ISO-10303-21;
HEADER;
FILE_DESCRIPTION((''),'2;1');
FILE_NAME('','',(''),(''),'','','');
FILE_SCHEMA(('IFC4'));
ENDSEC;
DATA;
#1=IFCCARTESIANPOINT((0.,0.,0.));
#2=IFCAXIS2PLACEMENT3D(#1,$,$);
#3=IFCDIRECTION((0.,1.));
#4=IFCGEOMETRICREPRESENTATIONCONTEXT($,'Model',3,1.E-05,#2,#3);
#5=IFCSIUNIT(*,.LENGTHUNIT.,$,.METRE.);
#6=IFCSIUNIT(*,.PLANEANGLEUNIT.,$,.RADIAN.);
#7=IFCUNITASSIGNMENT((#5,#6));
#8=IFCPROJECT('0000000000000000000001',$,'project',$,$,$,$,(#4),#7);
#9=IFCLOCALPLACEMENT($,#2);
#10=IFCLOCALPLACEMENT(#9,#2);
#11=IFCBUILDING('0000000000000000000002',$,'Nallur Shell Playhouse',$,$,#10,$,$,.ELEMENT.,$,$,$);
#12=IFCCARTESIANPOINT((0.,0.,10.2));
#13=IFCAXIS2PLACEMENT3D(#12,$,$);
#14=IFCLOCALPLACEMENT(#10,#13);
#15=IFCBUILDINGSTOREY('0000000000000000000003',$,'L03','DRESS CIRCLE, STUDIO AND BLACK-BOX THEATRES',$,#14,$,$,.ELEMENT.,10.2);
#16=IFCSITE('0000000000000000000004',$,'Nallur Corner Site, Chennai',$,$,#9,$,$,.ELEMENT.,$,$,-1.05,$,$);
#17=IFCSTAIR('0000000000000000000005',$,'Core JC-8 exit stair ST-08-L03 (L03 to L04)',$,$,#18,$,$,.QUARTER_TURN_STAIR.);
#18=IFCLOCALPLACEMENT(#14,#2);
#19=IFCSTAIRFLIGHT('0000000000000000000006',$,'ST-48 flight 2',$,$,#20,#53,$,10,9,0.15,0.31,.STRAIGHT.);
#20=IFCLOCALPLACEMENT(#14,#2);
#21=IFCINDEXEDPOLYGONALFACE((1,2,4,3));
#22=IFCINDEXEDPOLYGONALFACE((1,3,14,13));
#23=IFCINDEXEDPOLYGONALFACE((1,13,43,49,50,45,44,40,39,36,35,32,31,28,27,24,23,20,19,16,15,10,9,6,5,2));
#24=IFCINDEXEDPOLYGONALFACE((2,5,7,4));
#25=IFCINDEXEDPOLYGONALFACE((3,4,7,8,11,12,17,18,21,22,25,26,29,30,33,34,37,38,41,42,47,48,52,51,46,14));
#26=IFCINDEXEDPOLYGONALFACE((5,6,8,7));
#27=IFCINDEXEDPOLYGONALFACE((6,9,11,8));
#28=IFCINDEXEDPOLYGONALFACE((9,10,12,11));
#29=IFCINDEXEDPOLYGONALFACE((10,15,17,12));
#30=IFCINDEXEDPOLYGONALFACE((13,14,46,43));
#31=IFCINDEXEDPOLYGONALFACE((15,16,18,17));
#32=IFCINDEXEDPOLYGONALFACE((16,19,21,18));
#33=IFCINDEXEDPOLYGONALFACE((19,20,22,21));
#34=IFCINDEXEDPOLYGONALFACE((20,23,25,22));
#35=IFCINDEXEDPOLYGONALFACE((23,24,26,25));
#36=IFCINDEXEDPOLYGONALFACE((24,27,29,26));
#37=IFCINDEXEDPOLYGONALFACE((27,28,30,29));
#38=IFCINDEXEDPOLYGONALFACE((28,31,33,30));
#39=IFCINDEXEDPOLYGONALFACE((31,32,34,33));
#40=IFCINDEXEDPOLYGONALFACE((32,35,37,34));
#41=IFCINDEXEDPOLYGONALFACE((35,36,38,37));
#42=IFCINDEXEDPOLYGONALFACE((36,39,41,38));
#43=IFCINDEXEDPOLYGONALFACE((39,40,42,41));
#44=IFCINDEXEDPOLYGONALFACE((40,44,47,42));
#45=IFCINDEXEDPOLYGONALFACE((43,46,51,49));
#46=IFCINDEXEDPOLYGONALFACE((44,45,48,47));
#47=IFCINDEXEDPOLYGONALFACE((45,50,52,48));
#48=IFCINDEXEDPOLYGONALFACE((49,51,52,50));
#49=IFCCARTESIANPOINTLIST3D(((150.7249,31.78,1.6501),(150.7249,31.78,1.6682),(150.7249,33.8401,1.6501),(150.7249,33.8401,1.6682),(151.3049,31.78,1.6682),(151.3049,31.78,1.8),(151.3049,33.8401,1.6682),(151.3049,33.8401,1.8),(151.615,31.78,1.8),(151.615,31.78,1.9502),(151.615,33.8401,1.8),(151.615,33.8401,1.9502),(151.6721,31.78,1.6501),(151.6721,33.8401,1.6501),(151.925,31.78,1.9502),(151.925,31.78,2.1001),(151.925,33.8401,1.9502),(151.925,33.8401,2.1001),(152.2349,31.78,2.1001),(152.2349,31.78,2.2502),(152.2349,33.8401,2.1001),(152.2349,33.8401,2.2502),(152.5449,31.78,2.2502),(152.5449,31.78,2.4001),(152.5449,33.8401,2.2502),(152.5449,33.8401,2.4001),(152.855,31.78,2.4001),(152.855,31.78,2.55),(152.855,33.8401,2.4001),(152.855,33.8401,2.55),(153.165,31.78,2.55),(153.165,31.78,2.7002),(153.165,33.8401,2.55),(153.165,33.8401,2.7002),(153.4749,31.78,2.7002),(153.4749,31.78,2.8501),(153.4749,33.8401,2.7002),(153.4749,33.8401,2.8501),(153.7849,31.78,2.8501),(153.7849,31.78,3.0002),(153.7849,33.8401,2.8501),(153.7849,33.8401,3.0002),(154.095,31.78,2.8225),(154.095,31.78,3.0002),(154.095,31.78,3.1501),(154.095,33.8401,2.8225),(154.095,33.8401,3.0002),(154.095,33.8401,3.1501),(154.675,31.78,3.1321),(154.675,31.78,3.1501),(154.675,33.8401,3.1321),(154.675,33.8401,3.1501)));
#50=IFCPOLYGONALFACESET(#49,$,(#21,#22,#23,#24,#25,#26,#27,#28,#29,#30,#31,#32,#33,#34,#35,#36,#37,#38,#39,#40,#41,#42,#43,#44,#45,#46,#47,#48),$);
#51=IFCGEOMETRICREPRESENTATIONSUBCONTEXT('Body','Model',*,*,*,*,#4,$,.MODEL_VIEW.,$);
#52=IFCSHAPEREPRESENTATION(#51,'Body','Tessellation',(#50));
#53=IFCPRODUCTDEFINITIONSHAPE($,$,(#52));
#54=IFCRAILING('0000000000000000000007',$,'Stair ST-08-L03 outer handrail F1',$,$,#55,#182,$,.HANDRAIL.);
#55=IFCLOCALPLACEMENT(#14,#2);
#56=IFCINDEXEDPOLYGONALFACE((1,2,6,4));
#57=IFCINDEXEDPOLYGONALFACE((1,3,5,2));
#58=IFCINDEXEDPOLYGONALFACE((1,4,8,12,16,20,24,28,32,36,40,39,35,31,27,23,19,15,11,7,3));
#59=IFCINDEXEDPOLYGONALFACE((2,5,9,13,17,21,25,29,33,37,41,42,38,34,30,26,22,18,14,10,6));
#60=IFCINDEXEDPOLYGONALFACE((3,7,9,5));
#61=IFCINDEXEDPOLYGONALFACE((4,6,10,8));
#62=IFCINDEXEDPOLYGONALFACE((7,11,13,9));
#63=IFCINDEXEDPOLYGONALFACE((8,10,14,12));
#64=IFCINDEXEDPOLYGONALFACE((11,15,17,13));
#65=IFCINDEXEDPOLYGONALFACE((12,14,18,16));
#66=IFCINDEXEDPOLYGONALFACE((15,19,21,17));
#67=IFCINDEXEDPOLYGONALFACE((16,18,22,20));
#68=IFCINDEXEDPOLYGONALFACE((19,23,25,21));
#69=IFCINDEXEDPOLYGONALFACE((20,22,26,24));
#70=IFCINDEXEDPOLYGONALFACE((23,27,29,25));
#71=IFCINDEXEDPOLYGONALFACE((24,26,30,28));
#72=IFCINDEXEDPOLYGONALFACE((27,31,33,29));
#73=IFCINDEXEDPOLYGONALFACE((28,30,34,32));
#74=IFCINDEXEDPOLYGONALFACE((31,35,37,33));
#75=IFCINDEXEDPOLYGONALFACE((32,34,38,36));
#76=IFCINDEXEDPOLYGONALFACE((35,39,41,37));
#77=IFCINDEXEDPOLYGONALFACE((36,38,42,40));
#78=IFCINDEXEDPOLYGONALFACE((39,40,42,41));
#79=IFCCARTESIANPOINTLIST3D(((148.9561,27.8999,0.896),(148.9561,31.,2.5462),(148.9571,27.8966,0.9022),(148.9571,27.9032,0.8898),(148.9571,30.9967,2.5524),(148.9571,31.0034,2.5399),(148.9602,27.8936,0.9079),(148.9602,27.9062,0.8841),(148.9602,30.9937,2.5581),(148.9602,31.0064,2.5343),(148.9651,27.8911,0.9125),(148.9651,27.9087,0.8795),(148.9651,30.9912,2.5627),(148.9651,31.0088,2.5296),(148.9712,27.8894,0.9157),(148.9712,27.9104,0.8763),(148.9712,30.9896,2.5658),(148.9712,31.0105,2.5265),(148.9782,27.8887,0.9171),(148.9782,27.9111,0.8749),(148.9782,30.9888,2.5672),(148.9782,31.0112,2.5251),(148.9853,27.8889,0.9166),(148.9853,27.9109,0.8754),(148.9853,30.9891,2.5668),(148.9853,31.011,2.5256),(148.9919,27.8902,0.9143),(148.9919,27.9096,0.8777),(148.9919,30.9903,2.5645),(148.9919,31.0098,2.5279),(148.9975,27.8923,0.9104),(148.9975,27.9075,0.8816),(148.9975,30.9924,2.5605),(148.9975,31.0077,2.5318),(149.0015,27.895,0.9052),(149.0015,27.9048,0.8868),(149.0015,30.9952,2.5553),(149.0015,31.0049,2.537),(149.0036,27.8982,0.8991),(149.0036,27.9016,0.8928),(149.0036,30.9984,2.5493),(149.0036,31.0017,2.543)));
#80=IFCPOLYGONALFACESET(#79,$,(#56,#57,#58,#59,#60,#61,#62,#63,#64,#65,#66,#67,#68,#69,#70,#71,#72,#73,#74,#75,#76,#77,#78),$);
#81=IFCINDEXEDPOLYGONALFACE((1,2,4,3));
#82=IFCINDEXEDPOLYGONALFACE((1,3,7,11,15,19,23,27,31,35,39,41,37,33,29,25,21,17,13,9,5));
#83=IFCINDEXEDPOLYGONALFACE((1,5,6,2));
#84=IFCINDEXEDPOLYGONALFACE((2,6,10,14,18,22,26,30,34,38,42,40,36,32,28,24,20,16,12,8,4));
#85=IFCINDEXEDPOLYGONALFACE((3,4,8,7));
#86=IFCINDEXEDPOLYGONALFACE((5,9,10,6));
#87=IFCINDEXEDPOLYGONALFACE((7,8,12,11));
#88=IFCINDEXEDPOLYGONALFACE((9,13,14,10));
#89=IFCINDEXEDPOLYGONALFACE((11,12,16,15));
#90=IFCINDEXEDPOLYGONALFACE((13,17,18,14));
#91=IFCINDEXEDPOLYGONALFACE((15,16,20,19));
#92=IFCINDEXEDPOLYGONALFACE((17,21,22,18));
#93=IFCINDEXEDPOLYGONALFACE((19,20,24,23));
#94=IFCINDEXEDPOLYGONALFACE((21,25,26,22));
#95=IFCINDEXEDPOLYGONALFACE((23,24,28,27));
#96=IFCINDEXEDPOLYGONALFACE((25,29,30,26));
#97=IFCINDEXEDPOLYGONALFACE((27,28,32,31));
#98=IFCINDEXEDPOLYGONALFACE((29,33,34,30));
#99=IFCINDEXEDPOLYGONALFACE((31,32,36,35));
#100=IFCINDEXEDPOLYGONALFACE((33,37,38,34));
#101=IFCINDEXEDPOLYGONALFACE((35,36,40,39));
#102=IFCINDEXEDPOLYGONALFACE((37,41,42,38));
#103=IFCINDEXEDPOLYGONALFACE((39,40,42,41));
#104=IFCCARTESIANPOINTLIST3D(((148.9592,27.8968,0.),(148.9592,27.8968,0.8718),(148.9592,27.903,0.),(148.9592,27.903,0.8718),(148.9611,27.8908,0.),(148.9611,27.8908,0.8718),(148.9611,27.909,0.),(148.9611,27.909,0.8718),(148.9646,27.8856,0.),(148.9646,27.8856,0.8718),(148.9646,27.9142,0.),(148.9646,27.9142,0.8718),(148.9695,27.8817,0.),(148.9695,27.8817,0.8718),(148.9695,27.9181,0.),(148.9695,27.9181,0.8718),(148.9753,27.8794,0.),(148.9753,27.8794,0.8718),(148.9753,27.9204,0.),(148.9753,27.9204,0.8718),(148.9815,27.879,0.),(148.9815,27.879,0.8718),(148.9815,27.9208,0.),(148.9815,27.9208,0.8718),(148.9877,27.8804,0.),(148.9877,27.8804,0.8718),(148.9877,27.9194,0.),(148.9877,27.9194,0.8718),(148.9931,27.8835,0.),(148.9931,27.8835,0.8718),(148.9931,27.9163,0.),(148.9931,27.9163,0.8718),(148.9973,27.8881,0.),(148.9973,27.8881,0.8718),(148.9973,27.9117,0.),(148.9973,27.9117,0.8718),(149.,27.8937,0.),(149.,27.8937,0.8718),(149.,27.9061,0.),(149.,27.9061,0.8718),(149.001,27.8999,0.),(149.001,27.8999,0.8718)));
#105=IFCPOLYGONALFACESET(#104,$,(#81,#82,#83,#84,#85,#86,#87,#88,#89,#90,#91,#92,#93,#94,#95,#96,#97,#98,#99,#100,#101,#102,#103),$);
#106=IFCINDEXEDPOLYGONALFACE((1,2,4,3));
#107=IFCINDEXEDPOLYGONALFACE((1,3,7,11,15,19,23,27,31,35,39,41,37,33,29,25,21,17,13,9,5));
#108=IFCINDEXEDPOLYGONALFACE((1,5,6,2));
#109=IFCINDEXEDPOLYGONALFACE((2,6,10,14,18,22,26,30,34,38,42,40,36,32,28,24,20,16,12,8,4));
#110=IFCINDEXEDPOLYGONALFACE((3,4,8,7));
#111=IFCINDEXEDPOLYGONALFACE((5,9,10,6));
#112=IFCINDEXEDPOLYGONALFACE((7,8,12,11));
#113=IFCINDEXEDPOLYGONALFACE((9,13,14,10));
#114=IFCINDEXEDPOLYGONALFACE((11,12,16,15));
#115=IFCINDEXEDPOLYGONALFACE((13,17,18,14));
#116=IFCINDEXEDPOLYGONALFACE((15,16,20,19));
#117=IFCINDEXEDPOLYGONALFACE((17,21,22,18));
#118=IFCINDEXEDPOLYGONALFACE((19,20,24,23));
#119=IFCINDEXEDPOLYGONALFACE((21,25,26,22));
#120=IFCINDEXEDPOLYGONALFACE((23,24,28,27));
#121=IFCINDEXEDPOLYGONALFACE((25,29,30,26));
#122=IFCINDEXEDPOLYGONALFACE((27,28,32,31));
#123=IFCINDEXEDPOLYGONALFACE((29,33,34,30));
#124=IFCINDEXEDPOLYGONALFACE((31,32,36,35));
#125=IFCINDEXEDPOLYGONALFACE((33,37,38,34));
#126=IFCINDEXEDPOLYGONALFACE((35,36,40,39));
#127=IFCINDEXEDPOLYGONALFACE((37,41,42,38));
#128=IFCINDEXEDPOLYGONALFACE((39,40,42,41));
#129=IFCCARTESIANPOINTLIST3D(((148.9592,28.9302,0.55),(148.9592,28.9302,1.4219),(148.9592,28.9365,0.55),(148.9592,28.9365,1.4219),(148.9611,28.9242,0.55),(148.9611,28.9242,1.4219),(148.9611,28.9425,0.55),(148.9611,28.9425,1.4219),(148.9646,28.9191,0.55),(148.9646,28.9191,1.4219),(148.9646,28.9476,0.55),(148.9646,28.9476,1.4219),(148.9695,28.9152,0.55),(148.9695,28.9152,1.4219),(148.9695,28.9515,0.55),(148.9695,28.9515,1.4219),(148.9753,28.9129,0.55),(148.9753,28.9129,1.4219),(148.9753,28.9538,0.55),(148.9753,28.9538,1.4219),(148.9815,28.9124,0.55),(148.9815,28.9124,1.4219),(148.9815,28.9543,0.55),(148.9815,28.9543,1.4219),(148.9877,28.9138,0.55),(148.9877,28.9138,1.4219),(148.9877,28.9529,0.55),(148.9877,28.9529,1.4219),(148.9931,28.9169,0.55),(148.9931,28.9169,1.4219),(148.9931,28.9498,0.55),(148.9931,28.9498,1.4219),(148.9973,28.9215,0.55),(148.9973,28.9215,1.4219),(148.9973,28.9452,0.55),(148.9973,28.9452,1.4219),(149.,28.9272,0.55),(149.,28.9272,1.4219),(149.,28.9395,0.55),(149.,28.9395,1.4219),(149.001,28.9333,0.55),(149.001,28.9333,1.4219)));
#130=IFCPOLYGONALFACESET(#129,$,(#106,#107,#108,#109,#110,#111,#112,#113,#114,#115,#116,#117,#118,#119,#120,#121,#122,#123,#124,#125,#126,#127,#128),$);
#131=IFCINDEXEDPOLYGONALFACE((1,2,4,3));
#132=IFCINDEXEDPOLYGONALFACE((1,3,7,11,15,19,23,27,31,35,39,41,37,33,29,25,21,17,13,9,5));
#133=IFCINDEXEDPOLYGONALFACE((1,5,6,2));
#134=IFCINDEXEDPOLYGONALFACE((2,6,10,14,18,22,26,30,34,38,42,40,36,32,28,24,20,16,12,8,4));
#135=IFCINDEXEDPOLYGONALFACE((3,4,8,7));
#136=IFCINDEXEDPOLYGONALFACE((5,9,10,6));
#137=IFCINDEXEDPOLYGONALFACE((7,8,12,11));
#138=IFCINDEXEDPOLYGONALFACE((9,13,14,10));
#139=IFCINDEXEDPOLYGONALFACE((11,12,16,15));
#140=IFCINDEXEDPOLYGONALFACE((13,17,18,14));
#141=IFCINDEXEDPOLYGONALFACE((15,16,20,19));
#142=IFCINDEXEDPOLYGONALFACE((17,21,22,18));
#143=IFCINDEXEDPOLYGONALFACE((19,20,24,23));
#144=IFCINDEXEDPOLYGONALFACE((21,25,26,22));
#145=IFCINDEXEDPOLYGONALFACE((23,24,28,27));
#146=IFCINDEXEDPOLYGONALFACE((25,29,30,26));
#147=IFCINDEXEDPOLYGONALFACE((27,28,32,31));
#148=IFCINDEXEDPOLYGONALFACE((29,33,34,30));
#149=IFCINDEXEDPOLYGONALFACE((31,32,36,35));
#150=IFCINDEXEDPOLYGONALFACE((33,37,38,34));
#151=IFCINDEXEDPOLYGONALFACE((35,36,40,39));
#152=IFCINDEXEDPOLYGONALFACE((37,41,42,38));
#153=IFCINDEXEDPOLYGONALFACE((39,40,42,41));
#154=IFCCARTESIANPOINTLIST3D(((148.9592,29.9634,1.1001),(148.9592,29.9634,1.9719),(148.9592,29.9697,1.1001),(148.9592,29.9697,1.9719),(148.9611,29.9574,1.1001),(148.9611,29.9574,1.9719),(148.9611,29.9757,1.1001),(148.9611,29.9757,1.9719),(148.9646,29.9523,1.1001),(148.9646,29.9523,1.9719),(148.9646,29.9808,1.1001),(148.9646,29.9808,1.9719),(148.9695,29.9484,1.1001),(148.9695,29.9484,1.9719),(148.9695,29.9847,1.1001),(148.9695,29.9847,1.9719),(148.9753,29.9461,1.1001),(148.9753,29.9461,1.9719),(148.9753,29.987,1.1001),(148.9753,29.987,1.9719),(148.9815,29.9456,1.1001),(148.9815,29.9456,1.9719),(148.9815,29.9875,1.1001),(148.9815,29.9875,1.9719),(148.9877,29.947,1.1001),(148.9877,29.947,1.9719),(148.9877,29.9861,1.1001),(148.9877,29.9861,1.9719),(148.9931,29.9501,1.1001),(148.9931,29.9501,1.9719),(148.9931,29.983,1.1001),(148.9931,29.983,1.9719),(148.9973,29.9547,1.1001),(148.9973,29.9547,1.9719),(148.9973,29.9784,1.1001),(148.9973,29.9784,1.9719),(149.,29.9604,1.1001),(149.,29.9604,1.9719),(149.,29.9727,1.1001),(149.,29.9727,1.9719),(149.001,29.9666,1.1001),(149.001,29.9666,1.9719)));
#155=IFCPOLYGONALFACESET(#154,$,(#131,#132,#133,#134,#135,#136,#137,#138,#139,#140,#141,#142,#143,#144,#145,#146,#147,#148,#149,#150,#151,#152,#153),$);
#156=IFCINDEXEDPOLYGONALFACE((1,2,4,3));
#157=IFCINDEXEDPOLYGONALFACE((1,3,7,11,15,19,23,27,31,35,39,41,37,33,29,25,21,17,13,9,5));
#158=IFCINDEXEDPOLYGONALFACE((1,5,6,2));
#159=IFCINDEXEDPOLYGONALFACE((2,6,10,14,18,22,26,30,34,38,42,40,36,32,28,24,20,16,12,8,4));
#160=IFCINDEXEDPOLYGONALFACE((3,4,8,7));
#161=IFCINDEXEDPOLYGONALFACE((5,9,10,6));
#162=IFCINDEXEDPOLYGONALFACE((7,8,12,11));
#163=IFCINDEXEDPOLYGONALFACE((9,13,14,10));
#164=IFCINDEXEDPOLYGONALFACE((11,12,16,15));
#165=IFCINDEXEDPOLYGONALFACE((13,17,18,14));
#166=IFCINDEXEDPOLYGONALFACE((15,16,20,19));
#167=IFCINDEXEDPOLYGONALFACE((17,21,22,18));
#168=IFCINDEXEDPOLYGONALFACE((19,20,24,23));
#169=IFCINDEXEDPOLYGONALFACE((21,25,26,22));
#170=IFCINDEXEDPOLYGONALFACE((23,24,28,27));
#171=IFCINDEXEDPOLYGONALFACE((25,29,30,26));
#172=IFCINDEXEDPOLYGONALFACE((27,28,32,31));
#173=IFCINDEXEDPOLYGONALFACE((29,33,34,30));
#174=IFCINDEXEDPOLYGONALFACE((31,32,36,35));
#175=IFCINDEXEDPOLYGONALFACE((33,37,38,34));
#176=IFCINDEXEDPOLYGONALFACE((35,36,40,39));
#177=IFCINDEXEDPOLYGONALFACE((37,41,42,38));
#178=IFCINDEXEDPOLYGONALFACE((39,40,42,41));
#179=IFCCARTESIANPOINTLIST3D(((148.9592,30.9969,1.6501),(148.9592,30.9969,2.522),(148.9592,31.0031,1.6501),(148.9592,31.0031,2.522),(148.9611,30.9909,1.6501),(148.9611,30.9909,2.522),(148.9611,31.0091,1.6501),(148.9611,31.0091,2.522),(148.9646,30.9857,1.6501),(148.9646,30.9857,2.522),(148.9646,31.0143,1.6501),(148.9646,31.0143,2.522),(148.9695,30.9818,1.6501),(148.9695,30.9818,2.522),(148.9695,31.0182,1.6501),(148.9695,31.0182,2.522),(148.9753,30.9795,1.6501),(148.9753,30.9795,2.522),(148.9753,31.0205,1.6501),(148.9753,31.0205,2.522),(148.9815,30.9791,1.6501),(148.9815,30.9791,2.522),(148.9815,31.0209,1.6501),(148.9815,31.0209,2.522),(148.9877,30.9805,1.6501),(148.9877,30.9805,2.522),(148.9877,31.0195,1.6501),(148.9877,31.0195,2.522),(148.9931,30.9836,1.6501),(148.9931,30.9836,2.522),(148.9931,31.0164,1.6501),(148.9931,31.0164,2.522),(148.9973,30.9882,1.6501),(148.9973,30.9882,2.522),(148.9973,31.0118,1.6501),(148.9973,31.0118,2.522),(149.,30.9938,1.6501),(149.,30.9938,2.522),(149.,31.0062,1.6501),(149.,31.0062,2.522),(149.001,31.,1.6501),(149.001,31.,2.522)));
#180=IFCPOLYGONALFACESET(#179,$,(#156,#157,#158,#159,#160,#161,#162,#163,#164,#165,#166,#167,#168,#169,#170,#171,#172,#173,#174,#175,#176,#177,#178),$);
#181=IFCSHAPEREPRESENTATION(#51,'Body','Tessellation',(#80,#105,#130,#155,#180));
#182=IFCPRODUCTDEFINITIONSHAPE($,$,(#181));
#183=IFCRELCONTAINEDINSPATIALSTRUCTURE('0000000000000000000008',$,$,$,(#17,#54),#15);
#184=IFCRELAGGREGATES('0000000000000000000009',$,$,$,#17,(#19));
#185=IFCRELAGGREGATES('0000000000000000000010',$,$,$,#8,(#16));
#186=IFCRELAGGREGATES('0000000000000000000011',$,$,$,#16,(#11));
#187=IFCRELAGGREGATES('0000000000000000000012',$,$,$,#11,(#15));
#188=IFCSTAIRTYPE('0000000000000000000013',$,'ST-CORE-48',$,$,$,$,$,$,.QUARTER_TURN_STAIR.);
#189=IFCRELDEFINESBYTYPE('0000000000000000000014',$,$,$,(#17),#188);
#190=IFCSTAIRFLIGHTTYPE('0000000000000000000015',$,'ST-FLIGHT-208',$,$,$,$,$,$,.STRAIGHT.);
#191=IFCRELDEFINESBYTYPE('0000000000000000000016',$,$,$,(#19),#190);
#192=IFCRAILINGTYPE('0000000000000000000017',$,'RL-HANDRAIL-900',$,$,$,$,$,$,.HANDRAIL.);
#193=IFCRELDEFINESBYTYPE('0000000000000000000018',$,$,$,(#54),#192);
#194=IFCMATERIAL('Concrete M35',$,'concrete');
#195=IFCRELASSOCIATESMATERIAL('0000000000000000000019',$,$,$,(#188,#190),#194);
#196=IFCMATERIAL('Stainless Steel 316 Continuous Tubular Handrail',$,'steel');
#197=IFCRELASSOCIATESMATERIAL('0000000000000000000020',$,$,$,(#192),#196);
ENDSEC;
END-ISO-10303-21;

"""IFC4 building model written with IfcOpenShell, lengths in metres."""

from ifc_helpers import new_model, si_unit, direction, frame, origin, origin_2d, place, context, subcontext, project, spatial, polyline, circle, outline, extrude, material, type_object, element, aggregate, save


model = new_model("IFC4")

# Units and contexts
model_context = context("Model", 3, precision=1e-05, world=origin(), true_north=direction((0.0, 1.0)))
body_context = subcontext(model_context, "Body", "Model", "MODEL_VIEW")
ifc_project = project(units=[si_unit("LENGTHUNIT", "METRE"), si_unit("PLANEANGLEUNIT", "RADIAN")], contexts=[model_context])

# Site, building, storey
site_placement = place(None, origin())
site = spatial("IfcSite", under=ifc_project, at=site_placement, Name="Nallur Corner Site, Chennai", CompositionType="ELEMENT", RefElevation=-1.05)
building_placement = place(site_placement, origin())
building = spatial("IfcBuilding", under=site, at=building_placement, Name="Nallur Shell Playhouse", CompositionType="ELEMENT")
storey_placement = place(building_placement, frame((0.0, 0.0, 10.2)))
storey = spatial("IfcBuildingStorey", under=building, at=storey_placement, Name="L03", Description="DRESS CIRCLE, STUDIO AND BLACK-BOX THEATRES", CompositionType="ELEMENT", Elevation=10.2)

# Shared definitions
ifc_material_1 = material(Name="Concrete M35", Category="concrete")

# Stair, stair flight
stair_type = type_object("IfcStairType", Name="ST-CORE-48", PredefinedType="QUARTER_TURN_STAIR", material=ifc_material_1)
stair_placement = place(storey_placement, origin())
stair = element("IfcStair", 1, at=stair_placement, inside=storey, type_object=stair_type, Name="Core JC-8 exit stair ST-08-L03 (L03 to L04)", PredefinedType="QUARTER_TURN_STAIR")
stair_flight_type = type_object("IfcStairFlightType", Name="ST-FLIGHT-208", PredefinedType="STRAIGHT", material=ifc_material_1)
stair_flight_1_placement = place(storey_placement, frame((151.3049, 32.8101, 1.6501), z_axis=(0.0, 0.0, 1.0), x_axis=(1.0, 0.0, 0.0)))
stair_flight_1 = element("IfcStairFlight", 2, at=stair_flight_1_placement, type_object=stair_flight_type, Name="ST-48 flight 2", NumberOfRisers=10, NumberOfTreads=9, PredefinedType="STRAIGHT", RiserHeight=0.15, TreadLength=0.31, context=body_context, shape_type="SweptSolid", body=[
    extrude(outline(polyline([(-0.5801, 0.0), (-0.5801, 0.0181), (0.0, 0.0181), (0.0, 0.1499), (0.3101, 0.1499), (0.3101, 0.3), (0.6201, 0.3), (0.6201, 0.45), (0.9299, 0.45), (0.9299, 0.6001), (1.24, 0.6001), (1.24, 0.75), (1.55, 0.75), (1.55, 0.8999), (1.8601, 0.8999), (1.8601, 1.05), (2.1699, 1.05), (2.1699, 1.2), (2.48, 1.2), (2.48, 1.3501), (2.79, 1.3501), (2.79, 1.5), (3.3701, 1.5), (3.3701, 1.4819), (2.79, 1.1724), (0.3672, 0.0), (-0.5801, 0.0)])), frame((0.0, 1.03, 0.0), z_axis=(0.0, -1.0, 0.0), x_axis=(1.0, 0.0, 0.0)), (0.0, 0.0, 1.0), 2.0601),
])
aggregate(stair, [stair_flight_1])

# Railing
ifc_material_2 = material(Name="Stainless Steel 316 Continuous Tubular Handrail", Category="steel")
railing_type_1 = type_object("IfcRailingType", Name="RL-HANDRAIL-900", PredefinedType="HANDRAIL", material=ifc_material_2)
railing_1_placement = place(storey_placement, frame((148.98, 27.8999, 0.0)))
element("IfcRailing", 3, at=railing_1_placement, inside=storey, type_object=railing_type_1, Name="Stair ST-08-L03 outer handrail F1", PredefinedType="HANDRAIL", context=body_context, shape_type="SweptSolid", body=[
    extrude(circle(Radius=0.0239, at=origin_2d()), frame((0.0, 0.0, 0.896), z_axis=(0.0, 0.882736, 0.46987), x_axis=(-1.0, 0.0, 0.0)), (0.0, 0.0, 1.0), 3.512),
    extrude(circle(Radius=0.021, at=origin_2d()), origin(), (0.0, 0.0, 1.0), 0.8718),
    extrude(circle(Radius=0.021, at=origin_2d()), frame((0.0, 1.0334, 0.55)), (0.0, 0.0, 1.0), 0.8718),
    extrude(circle(Radius=0.021, at=origin_2d()), frame((0.0, 2.0667, 1.1001)), (0.0, 0.0, 1.0), 0.8718),
    extrude(circle(Radius=0.021, at=origin_2d()), frame((0.0, 3.1001, 1.6501)), (0.0, 0.0, 1.0), 0.8718),
])

save(model, "model.ifc")
